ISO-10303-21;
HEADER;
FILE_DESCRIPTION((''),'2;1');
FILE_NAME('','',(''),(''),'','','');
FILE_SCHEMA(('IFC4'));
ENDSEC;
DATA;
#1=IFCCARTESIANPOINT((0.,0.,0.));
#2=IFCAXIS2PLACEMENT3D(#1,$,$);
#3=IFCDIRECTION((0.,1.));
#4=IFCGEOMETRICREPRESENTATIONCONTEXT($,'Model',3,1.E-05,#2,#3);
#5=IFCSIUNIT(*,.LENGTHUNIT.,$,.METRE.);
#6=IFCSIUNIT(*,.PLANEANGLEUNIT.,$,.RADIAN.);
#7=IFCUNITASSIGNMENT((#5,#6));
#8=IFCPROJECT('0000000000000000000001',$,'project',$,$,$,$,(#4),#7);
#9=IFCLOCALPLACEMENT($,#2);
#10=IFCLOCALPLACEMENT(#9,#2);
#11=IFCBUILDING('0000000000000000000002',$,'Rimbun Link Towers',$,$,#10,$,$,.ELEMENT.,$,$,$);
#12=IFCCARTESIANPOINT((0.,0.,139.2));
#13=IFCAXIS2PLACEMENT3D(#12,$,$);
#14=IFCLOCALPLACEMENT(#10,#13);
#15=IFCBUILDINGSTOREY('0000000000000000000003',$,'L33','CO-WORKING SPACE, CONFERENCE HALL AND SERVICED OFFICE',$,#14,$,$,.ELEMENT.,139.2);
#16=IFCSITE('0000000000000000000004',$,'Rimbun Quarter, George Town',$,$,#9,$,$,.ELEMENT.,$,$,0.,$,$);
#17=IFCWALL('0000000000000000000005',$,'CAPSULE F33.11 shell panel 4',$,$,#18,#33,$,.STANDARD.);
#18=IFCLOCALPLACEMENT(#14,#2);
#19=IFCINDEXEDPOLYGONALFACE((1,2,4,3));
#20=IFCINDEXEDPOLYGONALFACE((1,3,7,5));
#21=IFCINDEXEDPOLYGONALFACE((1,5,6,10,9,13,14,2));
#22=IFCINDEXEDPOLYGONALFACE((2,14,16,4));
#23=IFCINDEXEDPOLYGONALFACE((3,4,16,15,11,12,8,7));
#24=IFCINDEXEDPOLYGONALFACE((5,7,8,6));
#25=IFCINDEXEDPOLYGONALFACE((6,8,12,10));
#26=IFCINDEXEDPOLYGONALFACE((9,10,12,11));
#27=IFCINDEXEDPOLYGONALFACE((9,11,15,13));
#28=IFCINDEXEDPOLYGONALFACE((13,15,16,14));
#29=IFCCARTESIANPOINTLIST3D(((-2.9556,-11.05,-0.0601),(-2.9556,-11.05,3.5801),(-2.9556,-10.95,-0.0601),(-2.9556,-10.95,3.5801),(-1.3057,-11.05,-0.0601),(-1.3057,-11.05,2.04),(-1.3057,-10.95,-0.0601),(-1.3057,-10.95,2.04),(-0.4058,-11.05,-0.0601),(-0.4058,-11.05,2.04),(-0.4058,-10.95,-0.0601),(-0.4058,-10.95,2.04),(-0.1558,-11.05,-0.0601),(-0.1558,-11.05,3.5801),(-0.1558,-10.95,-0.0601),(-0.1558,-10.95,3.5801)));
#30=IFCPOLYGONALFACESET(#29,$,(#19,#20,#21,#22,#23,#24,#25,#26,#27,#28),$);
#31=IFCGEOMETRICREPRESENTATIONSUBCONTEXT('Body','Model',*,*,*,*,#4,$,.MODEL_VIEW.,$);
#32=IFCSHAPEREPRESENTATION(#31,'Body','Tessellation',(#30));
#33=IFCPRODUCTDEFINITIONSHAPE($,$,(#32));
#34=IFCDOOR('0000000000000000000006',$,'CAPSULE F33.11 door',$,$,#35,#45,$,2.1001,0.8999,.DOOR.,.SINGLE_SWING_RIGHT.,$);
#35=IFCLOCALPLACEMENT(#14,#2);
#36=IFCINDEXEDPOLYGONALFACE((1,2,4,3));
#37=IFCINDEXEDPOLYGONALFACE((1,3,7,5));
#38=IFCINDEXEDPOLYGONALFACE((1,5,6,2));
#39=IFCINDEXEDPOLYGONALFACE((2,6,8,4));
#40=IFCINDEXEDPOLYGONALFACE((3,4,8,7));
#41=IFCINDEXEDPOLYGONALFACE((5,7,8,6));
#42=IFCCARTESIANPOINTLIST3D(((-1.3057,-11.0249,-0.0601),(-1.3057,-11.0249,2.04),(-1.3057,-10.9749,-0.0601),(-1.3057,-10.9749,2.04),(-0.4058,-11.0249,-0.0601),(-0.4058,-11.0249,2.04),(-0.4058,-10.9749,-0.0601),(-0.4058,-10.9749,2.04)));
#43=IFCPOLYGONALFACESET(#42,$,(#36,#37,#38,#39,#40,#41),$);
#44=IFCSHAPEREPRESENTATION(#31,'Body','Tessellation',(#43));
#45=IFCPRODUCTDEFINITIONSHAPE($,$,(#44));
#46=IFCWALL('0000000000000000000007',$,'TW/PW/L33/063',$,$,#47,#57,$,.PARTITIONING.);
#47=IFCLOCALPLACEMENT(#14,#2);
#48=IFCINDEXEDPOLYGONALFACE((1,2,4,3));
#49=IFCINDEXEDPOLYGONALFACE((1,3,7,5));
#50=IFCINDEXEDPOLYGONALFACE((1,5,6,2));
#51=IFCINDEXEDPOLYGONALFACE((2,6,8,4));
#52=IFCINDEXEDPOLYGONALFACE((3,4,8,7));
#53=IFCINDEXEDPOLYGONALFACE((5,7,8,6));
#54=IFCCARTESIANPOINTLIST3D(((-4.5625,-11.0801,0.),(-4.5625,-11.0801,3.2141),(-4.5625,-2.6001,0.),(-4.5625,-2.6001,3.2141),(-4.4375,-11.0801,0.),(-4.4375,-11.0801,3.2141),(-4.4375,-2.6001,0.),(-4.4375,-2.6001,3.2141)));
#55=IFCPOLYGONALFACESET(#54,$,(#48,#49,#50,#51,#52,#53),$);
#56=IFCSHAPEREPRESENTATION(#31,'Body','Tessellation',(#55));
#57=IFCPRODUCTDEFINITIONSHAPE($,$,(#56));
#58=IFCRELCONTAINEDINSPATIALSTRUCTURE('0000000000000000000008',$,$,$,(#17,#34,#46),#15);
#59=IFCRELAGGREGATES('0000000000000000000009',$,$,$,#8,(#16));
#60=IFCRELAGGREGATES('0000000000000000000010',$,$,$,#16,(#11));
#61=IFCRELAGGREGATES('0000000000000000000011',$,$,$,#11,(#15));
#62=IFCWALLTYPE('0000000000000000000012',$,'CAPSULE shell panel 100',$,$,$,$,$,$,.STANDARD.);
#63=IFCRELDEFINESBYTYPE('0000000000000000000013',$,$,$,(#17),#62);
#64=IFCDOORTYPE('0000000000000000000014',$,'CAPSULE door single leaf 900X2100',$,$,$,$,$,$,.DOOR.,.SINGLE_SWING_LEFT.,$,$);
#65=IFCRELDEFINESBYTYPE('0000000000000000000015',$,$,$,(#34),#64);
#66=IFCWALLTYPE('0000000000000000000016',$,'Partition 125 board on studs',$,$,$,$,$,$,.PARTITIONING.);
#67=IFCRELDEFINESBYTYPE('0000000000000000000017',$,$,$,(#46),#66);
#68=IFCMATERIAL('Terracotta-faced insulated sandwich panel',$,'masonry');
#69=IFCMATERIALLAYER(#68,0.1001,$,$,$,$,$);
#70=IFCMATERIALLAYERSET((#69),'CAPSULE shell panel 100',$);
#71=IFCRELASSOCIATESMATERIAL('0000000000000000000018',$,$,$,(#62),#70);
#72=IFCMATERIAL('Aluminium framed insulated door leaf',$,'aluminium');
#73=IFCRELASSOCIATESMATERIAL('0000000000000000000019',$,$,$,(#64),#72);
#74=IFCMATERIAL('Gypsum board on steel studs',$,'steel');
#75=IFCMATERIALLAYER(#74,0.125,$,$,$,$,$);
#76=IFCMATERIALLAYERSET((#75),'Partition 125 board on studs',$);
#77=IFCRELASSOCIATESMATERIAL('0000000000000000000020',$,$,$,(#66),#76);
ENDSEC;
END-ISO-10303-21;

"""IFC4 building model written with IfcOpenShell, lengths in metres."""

from ifc_helpers import new_model, si_unit, direction, frame, frame_2d, origin, place, context, subcontext, project, spatial, rectangle, extrude, material, layer, layer_set, type_object, element, fill, save


model = new_model("IFC4")

# Units and contexts
model_context = context("Model", 3, precision=1e-05, world=origin(), true_north=direction((0.0, 1.0)))
body_context = subcontext(model_context, "Body", "Model", "MODEL_VIEW")
ifc_project = project(units=[si_unit("LENGTHUNIT", "METRE"), si_unit("PLANEANGLEUNIT", "RADIAN")], contexts=[model_context])

# Site, building, storey
site_placement = place(None, origin())
site = spatial("IfcSite", under=ifc_project, at=site_placement, Name="Rimbun Quarter, George Town", CompositionType="ELEMENT", RefElevation=0.0)
building_placement = place(site_placement, origin())
building = spatial("IfcBuilding", under=site, at=building_placement, Name="Rimbun Link Towers", CompositionType="ELEMENT")
storey_placement = place(building_placement, frame((0.0, 0.0, 139.2)))
storey = spatial("IfcBuildingStorey", under=building, at=storey_placement, Name="L33", Description="CO-WORKING SPACE, CONFERENCE HALL AND SERVICED OFFICE", CompositionType="ELEMENT", Elevation=139.2)

# Shared definitions
ifc_material_1 = material(Name="Terracotta-faced insulated sandwich panel", Category="masonry")
ifc_layer_1 = layer(ifc_material_1, 0.1001)
ifc_layer_set_1 = layer_set([ifc_layer_1], Name="CAPSULE shell panel 100")
wall_type_1 = type_object("IfcWallType", Name="CAPSULE shell panel 100", PredefinedType="STANDARD", material=ifc_layer_set_1)

# Wall, opening, door
wall_1_placement = place(storey_placement, frame((-0.1558, -11.0, -0.0601), z_axis=(0.0, 0.0, 1.0), x_axis=(-1.0, 0.0, 0.0)))
wall_1 = element("IfcWall", 1, at=wall_1_placement, inside=storey, type_object=wall_type_1, Name="CAPSULE F33.11 shell panel 4", PredefinedType="STANDARD", context=body_context, shape_type="SweptSolid", body=[
    extrude(rectangle(XDim=2.7998, YDim=0.1001, at=frame_2d((1.3999, 0.0))), origin(), (0.0, 0.0, 1.0), 3.6401),
])
opening_1_placement = place(wall_1_placement, frame((0.25, 0.0, 0.0)))
opening_1 = element("IfcOpeningElement", 2, at=opening_1_placement, cuts=wall_1, PredefinedType="OPENING", context=body_context, shape_type="SweptSolid", body=[
    extrude(rectangle(XDim=0.8999, YDim=2.1001, at=frame_2d((0.45, 1.05))), frame((0.0, 0.0601, 0.0), z_axis=(0.0, -1.0, 0.0), x_axis=(1.0, 0.0, 0.0)), (0.0, 0.0, 1.0), 0.1201),
])
ifc_material_2 = material(Name="Aluminium framed insulated door leaf", Category="aluminium")
door_type = type_object("IfcDoorType", Name="CAPSULE door single leaf 900X2100", OperationType="SINGLE_SWING_LEFT", PredefinedType="DOOR", material=ifc_material_2)
door_placement = place(opening_1_placement, origin())
door = element("IfcDoor", 3, at=door_placement, inside=storey, type_object=door_type, Name="CAPSULE F33.11 door", OperationType="SINGLE_SWING_RIGHT", OverallHeight=2.1001, OverallWidth=0.8999, PredefinedType="DOOR", context=body_context, shape_type="SweptSolid", body=[
    extrude(rectangle(XDim=0.8999, YDim=2.1001, at=frame_2d((0.45, 1.05))), frame((0.0, 0.0249, 0.0), z_axis=(0.0, -1.0, 0.0), x_axis=(1.0, 0.0, 0.0)), (0.0, 0.0, 1.0), 0.05),
])
fill(opening_1, door)

# Wall
ifc_material_3 = material(Name="Gypsum board on steel studs", Category="steel")
ifc_layer_2 = layer(ifc_material_3, 0.125)
ifc_layer_set_2 = layer_set([ifc_layer_2], Name="Partition 125 board on studs")
wall_type_2 = type_object("IfcWallType", Name="Partition 125 board on studs", PredefinedType="PARTITIONING", material=ifc_layer_set_2)
wall_2_placement = place(storey_placement, frame((-4.5, -11.0801, 0.0), z_axis=(0.0, 0.0, 1.0), x_axis=(0.0, 1.0, 0.0)))
element("IfcWall", 4, at=wall_2_placement, inside=storey, type_object=wall_type_2, Name="TW/PW/L33/063", PredefinedType="PARTITIONING", context=body_context, shape_type="SweptSolid", body=[
    extrude(rectangle(XDim=8.48, YDim=0.125, at=frame_2d((4.24, 0.0))), origin(), (0.0, 0.0, 1.0), 3.2141),
])

save(model, "model.ifc")
